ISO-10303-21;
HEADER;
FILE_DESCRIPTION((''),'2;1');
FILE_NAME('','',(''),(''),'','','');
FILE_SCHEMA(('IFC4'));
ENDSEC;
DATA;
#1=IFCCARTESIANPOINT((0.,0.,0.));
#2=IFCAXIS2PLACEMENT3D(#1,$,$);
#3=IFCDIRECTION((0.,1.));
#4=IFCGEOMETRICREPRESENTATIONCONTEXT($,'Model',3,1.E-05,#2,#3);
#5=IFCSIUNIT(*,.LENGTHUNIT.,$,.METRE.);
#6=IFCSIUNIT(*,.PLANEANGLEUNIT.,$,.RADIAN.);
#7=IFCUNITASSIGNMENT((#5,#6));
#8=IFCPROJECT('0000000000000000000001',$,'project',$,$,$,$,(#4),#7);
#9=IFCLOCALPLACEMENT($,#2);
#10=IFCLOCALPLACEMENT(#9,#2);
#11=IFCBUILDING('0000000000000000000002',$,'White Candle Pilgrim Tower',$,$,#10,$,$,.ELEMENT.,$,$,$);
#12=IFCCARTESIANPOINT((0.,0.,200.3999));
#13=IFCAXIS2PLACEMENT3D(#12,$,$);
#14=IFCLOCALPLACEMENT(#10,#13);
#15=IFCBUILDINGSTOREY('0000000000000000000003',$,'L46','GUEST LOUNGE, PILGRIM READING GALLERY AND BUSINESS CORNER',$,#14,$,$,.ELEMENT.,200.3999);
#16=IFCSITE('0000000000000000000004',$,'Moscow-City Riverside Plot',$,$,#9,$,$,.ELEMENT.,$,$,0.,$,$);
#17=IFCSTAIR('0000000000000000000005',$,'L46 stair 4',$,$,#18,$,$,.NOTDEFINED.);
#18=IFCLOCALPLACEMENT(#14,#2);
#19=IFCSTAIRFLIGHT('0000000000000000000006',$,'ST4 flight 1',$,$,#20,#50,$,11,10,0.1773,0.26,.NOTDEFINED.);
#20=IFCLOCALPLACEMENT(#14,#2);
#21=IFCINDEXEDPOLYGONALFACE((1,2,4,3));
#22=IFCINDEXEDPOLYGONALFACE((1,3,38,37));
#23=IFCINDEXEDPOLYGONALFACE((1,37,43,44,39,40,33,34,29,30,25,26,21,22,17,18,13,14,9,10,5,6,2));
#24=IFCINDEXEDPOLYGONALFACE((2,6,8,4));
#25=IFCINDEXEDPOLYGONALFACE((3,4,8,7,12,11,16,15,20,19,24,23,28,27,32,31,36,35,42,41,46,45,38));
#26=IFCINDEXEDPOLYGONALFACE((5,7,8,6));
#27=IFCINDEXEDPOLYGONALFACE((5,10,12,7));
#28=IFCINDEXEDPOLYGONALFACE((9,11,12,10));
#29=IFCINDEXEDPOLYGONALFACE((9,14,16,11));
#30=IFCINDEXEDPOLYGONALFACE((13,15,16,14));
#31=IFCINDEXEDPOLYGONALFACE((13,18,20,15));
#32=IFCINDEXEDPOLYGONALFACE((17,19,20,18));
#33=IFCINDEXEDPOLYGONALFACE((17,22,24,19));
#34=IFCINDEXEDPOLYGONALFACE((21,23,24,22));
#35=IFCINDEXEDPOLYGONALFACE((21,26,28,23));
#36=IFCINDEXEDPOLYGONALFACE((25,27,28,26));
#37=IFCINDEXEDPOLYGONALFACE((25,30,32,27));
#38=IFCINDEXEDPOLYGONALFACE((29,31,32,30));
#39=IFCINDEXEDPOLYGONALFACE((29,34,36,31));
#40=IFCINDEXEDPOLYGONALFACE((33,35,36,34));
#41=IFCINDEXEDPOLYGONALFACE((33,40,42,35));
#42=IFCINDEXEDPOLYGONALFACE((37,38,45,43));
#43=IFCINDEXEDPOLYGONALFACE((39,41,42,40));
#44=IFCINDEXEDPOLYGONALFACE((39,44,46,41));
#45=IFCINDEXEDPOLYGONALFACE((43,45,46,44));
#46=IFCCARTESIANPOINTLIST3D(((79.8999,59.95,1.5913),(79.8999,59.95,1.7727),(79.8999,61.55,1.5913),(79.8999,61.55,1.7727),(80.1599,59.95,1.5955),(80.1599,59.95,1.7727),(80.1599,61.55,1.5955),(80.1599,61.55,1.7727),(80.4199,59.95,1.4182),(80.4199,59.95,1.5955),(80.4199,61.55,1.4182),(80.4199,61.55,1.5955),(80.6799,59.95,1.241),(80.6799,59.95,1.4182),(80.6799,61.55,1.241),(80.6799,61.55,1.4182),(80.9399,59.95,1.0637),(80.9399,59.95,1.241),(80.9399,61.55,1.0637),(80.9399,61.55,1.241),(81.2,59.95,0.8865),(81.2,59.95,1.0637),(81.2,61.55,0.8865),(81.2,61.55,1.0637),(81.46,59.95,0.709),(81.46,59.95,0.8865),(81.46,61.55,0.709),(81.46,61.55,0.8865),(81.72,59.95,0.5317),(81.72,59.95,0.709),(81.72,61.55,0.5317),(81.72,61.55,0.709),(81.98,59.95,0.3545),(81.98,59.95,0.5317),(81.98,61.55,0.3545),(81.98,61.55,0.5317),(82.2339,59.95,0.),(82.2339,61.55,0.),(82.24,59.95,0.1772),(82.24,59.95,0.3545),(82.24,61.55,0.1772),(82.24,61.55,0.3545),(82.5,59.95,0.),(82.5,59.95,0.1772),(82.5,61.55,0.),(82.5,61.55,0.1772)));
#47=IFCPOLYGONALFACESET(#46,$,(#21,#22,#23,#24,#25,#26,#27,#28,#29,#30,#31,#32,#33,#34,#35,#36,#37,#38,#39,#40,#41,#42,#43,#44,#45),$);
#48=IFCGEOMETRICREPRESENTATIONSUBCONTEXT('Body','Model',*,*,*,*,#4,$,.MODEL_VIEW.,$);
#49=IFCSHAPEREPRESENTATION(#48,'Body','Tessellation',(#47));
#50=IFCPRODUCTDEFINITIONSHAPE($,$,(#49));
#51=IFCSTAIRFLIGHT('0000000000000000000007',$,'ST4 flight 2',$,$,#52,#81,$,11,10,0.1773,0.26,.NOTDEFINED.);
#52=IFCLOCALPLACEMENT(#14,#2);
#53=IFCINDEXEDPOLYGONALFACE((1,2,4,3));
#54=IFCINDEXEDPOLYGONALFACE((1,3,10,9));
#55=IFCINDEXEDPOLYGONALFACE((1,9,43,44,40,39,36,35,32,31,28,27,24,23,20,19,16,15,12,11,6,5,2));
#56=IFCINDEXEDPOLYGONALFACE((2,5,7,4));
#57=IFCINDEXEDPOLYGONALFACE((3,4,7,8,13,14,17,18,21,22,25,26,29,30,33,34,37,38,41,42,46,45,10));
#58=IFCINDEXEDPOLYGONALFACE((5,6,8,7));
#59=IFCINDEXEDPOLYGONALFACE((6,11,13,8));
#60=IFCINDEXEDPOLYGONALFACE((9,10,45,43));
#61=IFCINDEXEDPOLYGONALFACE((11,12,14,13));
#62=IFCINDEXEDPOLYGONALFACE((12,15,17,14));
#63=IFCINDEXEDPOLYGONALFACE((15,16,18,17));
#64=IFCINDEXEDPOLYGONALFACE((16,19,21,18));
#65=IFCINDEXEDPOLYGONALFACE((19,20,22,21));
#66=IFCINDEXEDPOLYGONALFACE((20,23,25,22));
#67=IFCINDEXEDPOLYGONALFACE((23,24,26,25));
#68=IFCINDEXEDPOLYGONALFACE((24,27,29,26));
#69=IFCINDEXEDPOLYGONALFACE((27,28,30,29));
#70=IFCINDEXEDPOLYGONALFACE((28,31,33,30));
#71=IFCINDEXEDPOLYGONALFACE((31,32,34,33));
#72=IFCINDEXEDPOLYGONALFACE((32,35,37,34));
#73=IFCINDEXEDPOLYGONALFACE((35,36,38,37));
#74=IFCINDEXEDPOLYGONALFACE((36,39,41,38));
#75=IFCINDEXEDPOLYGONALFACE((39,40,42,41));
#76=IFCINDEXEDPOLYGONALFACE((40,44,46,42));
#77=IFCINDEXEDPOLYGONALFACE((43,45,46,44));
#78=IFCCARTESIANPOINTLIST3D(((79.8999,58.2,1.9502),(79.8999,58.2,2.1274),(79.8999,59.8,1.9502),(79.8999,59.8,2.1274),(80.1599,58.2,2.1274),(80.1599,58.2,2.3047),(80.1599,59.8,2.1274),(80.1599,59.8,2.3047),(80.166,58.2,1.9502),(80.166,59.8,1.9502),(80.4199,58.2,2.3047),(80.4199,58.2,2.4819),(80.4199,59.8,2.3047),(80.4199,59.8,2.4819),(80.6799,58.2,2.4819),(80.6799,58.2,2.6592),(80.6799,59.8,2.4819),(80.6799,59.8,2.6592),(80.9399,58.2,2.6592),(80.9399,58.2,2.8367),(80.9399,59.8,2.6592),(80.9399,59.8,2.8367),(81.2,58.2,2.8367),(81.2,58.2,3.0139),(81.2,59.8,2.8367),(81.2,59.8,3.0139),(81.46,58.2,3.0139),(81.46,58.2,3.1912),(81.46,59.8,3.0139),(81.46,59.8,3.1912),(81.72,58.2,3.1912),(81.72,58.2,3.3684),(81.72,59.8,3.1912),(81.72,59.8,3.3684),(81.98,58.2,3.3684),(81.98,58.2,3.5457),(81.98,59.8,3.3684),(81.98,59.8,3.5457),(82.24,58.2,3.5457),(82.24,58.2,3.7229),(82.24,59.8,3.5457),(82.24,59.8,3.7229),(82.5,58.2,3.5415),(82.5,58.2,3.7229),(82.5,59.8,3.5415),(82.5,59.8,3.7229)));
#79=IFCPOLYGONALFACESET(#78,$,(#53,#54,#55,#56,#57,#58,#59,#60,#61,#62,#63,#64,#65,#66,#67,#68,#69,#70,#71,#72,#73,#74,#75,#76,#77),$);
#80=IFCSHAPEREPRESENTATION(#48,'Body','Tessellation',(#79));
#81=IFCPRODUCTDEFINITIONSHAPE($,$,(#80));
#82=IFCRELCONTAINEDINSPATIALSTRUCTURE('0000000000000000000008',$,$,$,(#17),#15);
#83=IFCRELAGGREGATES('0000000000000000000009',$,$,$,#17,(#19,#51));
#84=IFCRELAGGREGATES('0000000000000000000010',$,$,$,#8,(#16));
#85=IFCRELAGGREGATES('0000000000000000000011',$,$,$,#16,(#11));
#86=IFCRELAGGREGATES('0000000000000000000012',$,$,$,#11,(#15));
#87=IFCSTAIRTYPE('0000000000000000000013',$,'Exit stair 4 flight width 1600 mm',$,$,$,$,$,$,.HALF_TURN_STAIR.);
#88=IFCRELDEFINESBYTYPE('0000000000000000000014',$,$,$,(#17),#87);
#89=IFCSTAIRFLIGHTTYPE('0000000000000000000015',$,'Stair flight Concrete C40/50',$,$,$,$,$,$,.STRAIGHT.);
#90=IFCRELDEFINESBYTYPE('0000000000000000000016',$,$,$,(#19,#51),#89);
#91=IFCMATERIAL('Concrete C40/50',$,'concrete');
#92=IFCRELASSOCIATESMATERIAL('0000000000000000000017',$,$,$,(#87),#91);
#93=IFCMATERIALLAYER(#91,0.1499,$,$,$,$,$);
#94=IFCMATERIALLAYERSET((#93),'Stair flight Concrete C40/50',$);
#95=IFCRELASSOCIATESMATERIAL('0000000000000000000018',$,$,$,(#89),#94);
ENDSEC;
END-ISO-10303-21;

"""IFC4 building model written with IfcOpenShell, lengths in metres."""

from ifc_helpers import new_model, si_unit, direction, frame, origin, place, context, subcontext, project, spatial, polyline, outline, extrude, material, layer, layer_set, type_object, element, aggregate, save


model = new_model("IFC4")

# Units and contexts
model_context = context("Model", 3, precision=1e-05, world=origin(), true_north=direction((0.0, 1.0)))
body_context = subcontext(model_context, "Body", "Model", "MODEL_VIEW")
ifc_project = project(units=[si_unit("LENGTHUNIT", "METRE"), si_unit("PLANEANGLEUNIT", "RADIAN")], contexts=[model_context])

# Site, building, storey
site_placement = place(None, origin())
site = spatial("IfcSite", under=ifc_project, at=site_placement, Name="Moscow-City Riverside Plot", CompositionType="ELEMENT", RefElevation=0.0)
building_placement = place(site_placement, origin())
building = spatial("IfcBuilding", under=site, at=building_placement, Name="White Candle Pilgrim Tower", CompositionType="ELEMENT")
storey_placement = place(building_placement, frame((0.0, 0.0, 200.3999)))
storey = spatial("IfcBuildingStorey", under=building, at=storey_placement, Name="L46", Description="GUEST LOUNGE, PILGRIM READING GALLERY AND BUSINESS CORNER", CompositionType="ELEMENT", Elevation=200.3999)

# Stair, stair flights
ifc_material_1 = material(Name="Concrete C40/50", Category="concrete")
stair_type = type_object("IfcStairType", Name="Exit stair 4 flight width 1600 mm", PredefinedType="HALF_TURN_STAIR", material=ifc_material_1)
stair_placement = place(storey_placement, origin())
stair = element("IfcStair", 1, at=stair_placement, inside=storey, type_object=stair_type, Name="L46 stair 4", PredefinedType="NOTDEFINED")
ifc_layer_1 = layer(ifc_material_1, 0.1499)
ifc_layer_set_1 = layer_set([ifc_layer_1], Name="Stair flight Concrete C40/50")
stair_flight_type = type_object("IfcStairFlightType", Name="Stair flight Concrete C40/50", PredefinedType="STRAIGHT", material=ifc_layer_set_1)
stair_flight_1_placement = place(storey_placement, frame((82.5, 60.75, 0.0), z_axis=(0.0, 0.0, 1.0), x_axis=(-1.0, 0.0, 0.0)))
stair_flight_1 = element("IfcStairFlight", 2, at=stair_flight_1_placement, type_object=stair_flight_type, Name="ST4 flight 1", NumberOfRisers=11, NumberOfTreads=10, PredefinedType="NOTDEFINED", RiserHeight=0.1773, TreadLength=0.26, context=body_context, shape_type="SweptSolid", body=[
    extrude(outline(polyline([(0.0, 0.0), (0.0, 0.1772), (0.26, 0.1772), (0.26, 0.3545), (0.52, 0.3545), (0.52, 0.5317), (0.78, 0.5317), (0.78, 0.709), (1.04, 0.709), (1.04, 0.8865), (1.3, 0.8865), (1.3, 1.0637), (1.5601, 1.0637), (1.5601, 1.241), (1.8201, 1.241), (1.8201, 1.4182), (2.0801, 1.4182), (2.0801, 1.5955), (2.3401, 1.5955), (2.3401, 1.7727), (2.6001, 1.7727), (2.6001, 1.95), (2.6001, 1.5913), (0.2661, 0.0), (0.0, 0.0)])), frame((0.0, 0.8, 0.0), z_axis=(0.0, -1.0, 0.0), x_axis=(1.0, 0.0, 0.0)), (0.0, 0.0, 1.0), 1.6001),
])
stair_flight_2_placement = place(storey_placement, frame((79.8999, 59.0, 1.9502), z_axis=(0.0, 0.0, 1.0), x_axis=(1.0, 0.0, 0.0)))
stair_flight_2 = element("IfcStairFlight", 3, at=stair_flight_2_placement, type_object=stair_flight_type, Name="ST4 flight 2", NumberOfRisers=11, NumberOfTreads=10, PredefinedType="NOTDEFINED", RiserHeight=0.1773, TreadLength=0.26, context=body_context, shape_type="SweptSolid", body=[
    extrude(outline(polyline([(0.0, 0.0), (0.0, 0.1772), (0.26, 0.1772), (0.26, 0.3545), (0.52, 0.3545), (0.52, 0.5317), (0.78, 0.5317), (0.78, 0.709), (1.04, 0.709), (1.04, 0.8865), (1.3, 0.8865), (1.3, 1.0637), (1.5601, 1.0637), (1.5601, 1.241), (1.8201, 1.241), (1.8201, 1.4182), (2.0801, 1.4182), (2.0801, 1.5955), (2.3401, 1.5955), (2.3401, 1.7727), (2.6001, 1.7727), (2.6001, 1.95), (2.6001, 1.5913), (0.2661, 0.0), (0.0, 0.0)])), frame((0.0, 0.8, 0.0), z_axis=(0.0, -1.0, 0.0), x_axis=(1.0, 0.0, 0.0)), (0.0, 0.0, 1.0), 1.6001),
])
aggregate(stair, [stair_flight_1, stair_flight_2])

save(model, "model.ifc")
